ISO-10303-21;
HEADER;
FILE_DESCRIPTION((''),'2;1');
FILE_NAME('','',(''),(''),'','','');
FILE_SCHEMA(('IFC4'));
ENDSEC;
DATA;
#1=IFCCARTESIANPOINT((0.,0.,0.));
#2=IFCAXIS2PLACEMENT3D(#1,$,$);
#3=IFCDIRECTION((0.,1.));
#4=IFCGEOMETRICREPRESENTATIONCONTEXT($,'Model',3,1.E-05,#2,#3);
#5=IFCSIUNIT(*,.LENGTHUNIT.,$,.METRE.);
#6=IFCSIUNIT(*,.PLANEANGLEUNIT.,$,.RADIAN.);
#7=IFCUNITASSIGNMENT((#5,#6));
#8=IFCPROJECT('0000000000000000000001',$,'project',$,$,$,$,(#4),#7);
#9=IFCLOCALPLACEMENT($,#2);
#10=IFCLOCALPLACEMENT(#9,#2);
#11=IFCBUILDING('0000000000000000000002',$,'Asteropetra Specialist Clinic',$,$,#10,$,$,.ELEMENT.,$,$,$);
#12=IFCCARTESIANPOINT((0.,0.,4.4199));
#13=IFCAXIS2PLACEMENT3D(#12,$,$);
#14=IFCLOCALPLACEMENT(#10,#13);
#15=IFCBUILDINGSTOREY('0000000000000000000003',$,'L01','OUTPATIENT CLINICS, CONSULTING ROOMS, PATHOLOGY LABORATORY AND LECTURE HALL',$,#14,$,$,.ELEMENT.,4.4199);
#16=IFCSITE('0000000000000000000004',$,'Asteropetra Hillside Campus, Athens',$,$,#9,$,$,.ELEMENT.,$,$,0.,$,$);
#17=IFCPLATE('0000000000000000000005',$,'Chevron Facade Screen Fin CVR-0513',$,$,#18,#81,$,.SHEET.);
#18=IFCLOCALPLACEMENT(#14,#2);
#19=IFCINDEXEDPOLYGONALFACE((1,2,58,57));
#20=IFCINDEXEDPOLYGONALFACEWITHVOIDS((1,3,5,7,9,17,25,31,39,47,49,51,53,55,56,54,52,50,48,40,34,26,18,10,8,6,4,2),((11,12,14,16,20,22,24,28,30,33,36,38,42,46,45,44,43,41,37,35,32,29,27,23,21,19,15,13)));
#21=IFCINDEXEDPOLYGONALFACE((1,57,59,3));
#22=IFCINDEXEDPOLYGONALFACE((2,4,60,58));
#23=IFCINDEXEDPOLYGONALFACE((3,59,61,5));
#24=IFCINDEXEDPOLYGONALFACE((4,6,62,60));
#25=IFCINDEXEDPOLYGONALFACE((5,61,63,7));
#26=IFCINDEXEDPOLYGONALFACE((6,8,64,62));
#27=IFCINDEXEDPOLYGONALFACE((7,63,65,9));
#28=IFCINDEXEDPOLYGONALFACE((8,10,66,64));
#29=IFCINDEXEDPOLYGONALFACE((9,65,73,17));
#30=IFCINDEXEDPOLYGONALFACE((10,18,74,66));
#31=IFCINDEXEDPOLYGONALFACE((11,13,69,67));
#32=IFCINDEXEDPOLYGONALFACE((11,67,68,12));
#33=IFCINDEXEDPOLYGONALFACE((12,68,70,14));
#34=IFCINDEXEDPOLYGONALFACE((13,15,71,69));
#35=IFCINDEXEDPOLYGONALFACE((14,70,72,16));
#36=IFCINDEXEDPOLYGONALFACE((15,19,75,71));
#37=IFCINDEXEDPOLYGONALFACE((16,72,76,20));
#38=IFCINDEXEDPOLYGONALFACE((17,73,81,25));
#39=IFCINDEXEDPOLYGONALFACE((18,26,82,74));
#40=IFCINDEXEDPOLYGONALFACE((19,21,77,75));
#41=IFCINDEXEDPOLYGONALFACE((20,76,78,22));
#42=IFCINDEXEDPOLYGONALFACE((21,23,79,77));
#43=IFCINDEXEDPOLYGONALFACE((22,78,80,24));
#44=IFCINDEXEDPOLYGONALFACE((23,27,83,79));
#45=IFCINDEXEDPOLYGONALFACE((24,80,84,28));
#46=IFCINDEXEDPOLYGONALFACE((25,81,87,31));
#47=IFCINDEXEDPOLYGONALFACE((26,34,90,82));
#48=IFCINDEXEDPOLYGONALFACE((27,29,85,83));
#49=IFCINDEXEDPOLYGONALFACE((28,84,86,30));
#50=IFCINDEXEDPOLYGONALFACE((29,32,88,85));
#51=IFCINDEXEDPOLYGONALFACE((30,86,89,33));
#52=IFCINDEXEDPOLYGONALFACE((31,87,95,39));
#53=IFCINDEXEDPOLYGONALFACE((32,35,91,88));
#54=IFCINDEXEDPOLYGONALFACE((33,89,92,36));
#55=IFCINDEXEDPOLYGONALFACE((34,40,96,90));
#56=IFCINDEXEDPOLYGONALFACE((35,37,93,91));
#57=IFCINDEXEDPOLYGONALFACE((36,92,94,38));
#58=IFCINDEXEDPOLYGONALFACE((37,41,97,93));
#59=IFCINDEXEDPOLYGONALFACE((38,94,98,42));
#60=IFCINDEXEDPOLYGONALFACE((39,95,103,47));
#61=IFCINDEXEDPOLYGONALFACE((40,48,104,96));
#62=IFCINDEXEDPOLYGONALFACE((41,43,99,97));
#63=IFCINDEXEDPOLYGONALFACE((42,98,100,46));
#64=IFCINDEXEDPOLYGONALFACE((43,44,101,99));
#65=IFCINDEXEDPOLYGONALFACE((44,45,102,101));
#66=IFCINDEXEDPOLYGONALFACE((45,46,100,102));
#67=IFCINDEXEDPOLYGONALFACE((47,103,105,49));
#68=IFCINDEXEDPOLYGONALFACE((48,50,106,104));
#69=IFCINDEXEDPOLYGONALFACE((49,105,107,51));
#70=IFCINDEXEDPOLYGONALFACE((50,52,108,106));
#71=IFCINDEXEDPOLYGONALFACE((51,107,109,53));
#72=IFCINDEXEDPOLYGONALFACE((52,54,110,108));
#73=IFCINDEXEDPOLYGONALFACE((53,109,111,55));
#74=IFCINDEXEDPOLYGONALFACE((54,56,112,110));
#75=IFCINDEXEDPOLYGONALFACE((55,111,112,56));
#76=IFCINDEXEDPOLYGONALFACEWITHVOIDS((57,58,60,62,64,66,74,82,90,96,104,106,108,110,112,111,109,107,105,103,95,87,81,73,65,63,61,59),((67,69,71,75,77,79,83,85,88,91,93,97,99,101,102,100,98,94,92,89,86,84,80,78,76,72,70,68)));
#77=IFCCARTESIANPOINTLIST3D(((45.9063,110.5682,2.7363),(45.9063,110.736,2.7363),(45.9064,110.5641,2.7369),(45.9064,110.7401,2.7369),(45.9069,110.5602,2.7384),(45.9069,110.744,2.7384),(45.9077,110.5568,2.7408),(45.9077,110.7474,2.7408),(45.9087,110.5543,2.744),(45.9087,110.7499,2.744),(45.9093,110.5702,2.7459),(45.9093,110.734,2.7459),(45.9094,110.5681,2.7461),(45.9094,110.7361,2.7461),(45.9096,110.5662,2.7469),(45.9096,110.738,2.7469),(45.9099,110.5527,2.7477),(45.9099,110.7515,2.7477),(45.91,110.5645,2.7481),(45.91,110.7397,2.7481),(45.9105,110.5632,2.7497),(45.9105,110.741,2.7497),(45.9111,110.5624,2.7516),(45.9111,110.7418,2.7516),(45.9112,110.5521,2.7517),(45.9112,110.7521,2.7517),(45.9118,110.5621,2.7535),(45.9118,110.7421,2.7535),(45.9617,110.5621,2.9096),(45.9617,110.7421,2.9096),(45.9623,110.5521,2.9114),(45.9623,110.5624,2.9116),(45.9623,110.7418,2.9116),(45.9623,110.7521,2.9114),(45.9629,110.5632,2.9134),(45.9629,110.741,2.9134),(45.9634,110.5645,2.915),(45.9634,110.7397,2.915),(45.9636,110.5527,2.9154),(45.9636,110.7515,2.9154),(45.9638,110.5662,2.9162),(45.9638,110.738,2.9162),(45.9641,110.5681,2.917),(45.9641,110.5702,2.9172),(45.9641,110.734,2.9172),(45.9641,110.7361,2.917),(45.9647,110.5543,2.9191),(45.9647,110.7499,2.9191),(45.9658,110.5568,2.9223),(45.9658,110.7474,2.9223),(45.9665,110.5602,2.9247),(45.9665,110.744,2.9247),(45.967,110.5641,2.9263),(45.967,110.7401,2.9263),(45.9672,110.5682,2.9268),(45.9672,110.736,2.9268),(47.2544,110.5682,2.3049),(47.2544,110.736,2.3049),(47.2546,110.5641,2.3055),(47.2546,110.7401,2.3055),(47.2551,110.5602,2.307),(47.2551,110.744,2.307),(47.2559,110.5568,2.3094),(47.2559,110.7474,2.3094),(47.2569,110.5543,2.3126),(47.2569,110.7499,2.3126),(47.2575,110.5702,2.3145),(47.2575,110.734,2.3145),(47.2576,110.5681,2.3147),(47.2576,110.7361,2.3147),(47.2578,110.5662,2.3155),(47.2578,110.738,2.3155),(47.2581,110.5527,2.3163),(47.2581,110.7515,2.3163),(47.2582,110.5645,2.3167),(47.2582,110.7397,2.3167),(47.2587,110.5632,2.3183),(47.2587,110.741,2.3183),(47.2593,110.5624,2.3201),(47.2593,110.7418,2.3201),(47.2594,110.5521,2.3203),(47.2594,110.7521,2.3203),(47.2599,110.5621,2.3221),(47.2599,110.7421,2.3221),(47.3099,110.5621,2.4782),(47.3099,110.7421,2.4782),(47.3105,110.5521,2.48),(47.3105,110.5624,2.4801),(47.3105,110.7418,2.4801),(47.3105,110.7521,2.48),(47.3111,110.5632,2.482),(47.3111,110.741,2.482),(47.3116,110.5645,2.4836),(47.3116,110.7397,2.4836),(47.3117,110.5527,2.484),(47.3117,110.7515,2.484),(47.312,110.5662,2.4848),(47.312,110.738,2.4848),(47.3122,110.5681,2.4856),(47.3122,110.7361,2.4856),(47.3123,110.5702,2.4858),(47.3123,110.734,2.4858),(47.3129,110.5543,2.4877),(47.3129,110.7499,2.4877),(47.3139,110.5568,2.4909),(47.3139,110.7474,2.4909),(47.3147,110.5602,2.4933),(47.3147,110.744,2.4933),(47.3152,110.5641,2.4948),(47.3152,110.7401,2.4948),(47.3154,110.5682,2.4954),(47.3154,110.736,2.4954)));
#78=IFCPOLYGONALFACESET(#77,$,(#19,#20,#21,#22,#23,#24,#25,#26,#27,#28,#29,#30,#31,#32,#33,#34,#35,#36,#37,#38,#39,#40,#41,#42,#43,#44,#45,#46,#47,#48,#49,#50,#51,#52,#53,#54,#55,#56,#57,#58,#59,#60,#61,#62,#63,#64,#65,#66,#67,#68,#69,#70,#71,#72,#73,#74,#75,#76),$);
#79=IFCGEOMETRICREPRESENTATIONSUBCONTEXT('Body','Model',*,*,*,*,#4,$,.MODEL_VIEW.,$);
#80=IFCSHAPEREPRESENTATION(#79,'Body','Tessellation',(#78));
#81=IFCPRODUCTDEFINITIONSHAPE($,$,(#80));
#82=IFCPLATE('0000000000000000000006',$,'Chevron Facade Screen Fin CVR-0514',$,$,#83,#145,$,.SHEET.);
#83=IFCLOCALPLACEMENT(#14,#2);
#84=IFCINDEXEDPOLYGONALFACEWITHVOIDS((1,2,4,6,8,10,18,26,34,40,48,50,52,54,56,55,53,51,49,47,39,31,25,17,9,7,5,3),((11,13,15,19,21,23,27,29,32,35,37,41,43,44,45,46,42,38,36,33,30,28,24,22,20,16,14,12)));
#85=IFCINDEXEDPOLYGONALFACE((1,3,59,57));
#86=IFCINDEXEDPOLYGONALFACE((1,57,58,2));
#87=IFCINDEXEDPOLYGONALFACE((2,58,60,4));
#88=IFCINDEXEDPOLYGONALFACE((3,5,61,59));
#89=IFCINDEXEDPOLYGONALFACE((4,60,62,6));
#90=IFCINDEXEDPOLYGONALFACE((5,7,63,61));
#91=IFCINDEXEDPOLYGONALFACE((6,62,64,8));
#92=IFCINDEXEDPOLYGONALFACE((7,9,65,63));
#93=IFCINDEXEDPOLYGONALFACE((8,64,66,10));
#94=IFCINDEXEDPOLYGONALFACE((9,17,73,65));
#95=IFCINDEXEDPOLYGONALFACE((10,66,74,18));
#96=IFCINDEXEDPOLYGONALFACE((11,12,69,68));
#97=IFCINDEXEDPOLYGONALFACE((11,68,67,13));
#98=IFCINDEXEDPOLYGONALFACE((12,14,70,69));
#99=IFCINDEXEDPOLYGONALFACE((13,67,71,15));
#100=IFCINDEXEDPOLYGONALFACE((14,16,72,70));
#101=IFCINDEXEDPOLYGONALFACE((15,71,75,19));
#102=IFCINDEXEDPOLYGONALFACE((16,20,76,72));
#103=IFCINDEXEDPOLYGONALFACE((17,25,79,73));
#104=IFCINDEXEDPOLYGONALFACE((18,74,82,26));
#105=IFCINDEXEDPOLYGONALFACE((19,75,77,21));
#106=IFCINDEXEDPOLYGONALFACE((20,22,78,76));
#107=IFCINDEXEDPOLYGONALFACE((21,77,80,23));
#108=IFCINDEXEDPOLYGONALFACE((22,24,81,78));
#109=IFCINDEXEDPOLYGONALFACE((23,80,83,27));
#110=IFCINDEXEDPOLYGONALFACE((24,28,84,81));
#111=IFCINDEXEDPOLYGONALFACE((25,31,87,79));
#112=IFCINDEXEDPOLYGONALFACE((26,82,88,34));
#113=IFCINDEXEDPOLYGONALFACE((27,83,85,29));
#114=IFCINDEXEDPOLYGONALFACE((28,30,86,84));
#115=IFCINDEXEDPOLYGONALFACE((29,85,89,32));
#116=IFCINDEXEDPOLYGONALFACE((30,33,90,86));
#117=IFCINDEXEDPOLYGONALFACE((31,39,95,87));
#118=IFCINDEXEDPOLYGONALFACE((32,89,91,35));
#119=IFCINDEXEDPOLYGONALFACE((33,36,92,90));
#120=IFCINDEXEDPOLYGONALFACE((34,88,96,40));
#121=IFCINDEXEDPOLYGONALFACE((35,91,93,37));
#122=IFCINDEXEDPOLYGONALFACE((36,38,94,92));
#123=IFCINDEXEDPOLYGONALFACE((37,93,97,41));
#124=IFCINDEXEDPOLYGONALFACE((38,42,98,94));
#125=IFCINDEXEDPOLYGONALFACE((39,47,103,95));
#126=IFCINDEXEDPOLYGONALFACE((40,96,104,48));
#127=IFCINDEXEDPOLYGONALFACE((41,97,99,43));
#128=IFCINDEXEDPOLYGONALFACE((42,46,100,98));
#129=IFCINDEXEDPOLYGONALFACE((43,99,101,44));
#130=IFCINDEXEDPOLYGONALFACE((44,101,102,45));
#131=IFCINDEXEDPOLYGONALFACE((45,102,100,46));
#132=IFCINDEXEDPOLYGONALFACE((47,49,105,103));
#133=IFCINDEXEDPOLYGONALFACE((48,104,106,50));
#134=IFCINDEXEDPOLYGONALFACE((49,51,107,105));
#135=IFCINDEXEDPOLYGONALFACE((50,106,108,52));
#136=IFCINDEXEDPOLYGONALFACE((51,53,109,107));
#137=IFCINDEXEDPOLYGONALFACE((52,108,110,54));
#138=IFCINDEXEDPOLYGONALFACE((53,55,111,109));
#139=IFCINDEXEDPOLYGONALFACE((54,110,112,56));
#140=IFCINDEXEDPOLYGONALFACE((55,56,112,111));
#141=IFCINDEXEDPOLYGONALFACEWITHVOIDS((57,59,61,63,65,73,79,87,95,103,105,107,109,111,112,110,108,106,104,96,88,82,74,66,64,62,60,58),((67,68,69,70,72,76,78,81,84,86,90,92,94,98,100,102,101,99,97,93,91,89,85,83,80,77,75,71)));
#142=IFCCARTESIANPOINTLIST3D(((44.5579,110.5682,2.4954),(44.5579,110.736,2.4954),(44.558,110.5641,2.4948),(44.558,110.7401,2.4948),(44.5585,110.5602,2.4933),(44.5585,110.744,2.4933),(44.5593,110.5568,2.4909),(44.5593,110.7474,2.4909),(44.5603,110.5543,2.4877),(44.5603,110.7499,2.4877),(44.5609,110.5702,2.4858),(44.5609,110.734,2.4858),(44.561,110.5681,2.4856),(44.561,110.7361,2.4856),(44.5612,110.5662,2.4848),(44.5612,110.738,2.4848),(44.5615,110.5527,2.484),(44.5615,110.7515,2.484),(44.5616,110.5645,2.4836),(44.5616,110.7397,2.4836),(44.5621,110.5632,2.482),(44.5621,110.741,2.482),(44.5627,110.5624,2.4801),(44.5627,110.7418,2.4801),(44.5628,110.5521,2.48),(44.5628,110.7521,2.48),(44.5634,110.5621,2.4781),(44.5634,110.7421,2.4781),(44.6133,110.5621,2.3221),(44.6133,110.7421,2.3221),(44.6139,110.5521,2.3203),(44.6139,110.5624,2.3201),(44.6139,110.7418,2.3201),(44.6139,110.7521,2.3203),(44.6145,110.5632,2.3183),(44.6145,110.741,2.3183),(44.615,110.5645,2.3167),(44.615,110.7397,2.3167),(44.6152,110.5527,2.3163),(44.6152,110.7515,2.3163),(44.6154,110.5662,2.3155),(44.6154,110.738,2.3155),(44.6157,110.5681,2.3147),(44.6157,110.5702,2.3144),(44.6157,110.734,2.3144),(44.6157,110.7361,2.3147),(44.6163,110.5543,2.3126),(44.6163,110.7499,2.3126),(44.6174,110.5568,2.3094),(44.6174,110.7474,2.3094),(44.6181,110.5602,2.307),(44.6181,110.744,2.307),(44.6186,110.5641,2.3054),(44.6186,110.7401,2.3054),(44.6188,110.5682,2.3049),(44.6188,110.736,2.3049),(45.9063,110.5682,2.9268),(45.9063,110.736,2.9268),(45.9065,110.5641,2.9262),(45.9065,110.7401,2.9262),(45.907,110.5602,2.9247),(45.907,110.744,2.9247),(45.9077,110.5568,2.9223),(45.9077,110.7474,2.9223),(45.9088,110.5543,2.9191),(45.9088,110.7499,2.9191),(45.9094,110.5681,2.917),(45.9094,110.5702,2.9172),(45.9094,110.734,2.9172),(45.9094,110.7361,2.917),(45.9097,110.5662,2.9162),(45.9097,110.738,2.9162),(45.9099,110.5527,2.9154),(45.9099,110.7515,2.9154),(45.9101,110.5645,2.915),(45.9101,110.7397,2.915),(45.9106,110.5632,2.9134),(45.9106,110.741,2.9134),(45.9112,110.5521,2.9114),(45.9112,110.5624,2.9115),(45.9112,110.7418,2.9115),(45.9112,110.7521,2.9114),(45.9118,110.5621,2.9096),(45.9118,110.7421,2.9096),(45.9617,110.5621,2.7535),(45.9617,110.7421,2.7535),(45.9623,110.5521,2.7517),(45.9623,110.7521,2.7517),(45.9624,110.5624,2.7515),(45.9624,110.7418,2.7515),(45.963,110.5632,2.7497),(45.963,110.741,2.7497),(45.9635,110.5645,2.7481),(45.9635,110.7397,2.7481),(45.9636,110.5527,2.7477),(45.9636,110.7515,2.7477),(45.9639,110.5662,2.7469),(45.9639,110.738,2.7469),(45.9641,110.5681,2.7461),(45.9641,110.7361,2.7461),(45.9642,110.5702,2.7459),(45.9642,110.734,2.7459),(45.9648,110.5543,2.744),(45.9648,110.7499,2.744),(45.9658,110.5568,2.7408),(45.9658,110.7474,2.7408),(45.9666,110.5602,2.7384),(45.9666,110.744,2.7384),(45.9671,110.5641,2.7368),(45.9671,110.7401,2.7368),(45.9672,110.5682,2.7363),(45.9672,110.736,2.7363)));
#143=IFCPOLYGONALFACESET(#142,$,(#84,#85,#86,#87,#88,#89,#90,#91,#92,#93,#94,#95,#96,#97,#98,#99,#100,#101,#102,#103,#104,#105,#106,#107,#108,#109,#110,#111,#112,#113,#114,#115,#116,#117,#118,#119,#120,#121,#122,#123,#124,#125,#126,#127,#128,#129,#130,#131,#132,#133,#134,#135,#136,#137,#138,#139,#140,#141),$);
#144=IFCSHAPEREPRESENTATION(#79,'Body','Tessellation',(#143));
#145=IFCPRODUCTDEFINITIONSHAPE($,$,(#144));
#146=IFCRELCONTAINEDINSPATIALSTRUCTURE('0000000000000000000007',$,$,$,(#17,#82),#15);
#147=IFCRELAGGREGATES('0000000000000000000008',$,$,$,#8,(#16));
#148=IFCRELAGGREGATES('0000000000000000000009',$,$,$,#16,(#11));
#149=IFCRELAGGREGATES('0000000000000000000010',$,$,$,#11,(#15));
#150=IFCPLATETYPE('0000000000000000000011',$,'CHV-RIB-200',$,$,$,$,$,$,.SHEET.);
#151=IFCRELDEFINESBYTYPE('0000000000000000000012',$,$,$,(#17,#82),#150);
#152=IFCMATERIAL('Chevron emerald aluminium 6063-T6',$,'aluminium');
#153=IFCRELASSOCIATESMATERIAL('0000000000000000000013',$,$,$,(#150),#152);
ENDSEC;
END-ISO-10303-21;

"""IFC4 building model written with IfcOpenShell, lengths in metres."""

from ifc_helpers import new_model, si_unit, direction, frame, origin, origin_2d, place, context, subcontext, project, spatial, hollow_rectangle, extrude, material, material_profile, profile_set, type_object, element, save


model = new_model("IFC4")

# Units and contexts
model_context = context("Model", 3, precision=1e-05, world=origin(), true_north=direction((0.0, 1.0)))
body_context = subcontext(model_context, "Body", "Model", "MODEL_VIEW")
ifc_project = project(units=[si_unit("LENGTHUNIT", "METRE"), si_unit("PLANEANGLEUNIT", "RADIAN")], contexts=[model_context])

# Site, building, storey
site_placement = place(None, origin())
site = spatial("IfcSite", under=ifc_project, at=site_placement, Name="Asteropetra Hillside Campus, Athens", CompositionType="ELEMENT", RefElevation=0.0)
building_placement = place(site_placement, origin())
building = spatial("IfcBuilding", under=site, at=building_placement, Name="Asteropetra Specialist Clinic", CompositionType="ELEMENT")
storey_placement = place(building_placement, frame((0.0, 0.0, 4.4199)))
storey = spatial("IfcBuildingStorey", under=building, at=storey_placement, Name="L01", Description="OUTPATIENT CLINICS, CONSULTING ROOMS, PATHOLOGY LABORATORY AND LECTURE HALL", CompositionType="ELEMENT", Elevation=4.4199)

# Plates
ifc_material_1 = material(Name="Chevron emerald aluminium 6063-T6", Category="aluminium")
ifc_material_profile = material_profile(ifc_material_1, hollow_rectangle(XDim=0.2, YDim=0.2, WallThickness=0.01, InnerFilletRadius=0.0081, OuterFilletRadius=0.0161, at=origin_2d()), Name="SHS 200x200x10.0")
ifc_profile_set = profile_set([ifc_material_profile], Name="Chevron emerald aluminium 6063-T6")
plate_type_1 = type_object("IfcPlateType", Name="CHV-RIB-200", PredefinedType="SHEET", material=ifc_profile_set)
plate_1_placement = place(storey_placement, frame((47.2849, 110.6521, 2.4001), z_axis=(-0.952426, 0.0, 0.304769), x_axis=(0.0, -1.0, 0.0)))
element("IfcPlate", 1, at=plate_1_placement, inside=storey, type_object=plate_type_1, Name="Chevron Facade Screen Fin CVR-0513", PredefinedType="SHEET", context=body_context, shape_type="SweptSolid", body=[
    extrude(hollow_rectangle(XDim=0.2, YDim=0.2, WallThickness=0.01, InnerFilletRadius=0.0081, OuterFilletRadius=0.0161, at=origin_2d()), origin(), (0.0, 0.0, 1.0), 1.4155),
])
for number, where, z_axis, x_axis, name in (
    (2, (45.9368, 110.6521, 2.8315), (-0.952442, 0.0, -0.304719), (0.0, -1.0, 0.0), "Chevron Facade Screen Fin CVR-0514"),
):
    element("IfcPlate", number, at=place(storey_placement, frame(where, z_axis=z_axis, x_axis=x_axis)), inside=storey, type_object=plate_type_1, Name=name, PredefinedType="SHEET", context=body_context, shape_type="SweptSolid", body=[
        extrude(hollow_rectangle(XDim=0.2, YDim=0.2, WallThickness=0.01, InnerFilletRadius=0.0081, OuterFilletRadius=0.0161, at=origin_2d()), origin(), (0.0, 0.0, 1.0), 1.4158),
    ])

save(model, "model.ifc")
